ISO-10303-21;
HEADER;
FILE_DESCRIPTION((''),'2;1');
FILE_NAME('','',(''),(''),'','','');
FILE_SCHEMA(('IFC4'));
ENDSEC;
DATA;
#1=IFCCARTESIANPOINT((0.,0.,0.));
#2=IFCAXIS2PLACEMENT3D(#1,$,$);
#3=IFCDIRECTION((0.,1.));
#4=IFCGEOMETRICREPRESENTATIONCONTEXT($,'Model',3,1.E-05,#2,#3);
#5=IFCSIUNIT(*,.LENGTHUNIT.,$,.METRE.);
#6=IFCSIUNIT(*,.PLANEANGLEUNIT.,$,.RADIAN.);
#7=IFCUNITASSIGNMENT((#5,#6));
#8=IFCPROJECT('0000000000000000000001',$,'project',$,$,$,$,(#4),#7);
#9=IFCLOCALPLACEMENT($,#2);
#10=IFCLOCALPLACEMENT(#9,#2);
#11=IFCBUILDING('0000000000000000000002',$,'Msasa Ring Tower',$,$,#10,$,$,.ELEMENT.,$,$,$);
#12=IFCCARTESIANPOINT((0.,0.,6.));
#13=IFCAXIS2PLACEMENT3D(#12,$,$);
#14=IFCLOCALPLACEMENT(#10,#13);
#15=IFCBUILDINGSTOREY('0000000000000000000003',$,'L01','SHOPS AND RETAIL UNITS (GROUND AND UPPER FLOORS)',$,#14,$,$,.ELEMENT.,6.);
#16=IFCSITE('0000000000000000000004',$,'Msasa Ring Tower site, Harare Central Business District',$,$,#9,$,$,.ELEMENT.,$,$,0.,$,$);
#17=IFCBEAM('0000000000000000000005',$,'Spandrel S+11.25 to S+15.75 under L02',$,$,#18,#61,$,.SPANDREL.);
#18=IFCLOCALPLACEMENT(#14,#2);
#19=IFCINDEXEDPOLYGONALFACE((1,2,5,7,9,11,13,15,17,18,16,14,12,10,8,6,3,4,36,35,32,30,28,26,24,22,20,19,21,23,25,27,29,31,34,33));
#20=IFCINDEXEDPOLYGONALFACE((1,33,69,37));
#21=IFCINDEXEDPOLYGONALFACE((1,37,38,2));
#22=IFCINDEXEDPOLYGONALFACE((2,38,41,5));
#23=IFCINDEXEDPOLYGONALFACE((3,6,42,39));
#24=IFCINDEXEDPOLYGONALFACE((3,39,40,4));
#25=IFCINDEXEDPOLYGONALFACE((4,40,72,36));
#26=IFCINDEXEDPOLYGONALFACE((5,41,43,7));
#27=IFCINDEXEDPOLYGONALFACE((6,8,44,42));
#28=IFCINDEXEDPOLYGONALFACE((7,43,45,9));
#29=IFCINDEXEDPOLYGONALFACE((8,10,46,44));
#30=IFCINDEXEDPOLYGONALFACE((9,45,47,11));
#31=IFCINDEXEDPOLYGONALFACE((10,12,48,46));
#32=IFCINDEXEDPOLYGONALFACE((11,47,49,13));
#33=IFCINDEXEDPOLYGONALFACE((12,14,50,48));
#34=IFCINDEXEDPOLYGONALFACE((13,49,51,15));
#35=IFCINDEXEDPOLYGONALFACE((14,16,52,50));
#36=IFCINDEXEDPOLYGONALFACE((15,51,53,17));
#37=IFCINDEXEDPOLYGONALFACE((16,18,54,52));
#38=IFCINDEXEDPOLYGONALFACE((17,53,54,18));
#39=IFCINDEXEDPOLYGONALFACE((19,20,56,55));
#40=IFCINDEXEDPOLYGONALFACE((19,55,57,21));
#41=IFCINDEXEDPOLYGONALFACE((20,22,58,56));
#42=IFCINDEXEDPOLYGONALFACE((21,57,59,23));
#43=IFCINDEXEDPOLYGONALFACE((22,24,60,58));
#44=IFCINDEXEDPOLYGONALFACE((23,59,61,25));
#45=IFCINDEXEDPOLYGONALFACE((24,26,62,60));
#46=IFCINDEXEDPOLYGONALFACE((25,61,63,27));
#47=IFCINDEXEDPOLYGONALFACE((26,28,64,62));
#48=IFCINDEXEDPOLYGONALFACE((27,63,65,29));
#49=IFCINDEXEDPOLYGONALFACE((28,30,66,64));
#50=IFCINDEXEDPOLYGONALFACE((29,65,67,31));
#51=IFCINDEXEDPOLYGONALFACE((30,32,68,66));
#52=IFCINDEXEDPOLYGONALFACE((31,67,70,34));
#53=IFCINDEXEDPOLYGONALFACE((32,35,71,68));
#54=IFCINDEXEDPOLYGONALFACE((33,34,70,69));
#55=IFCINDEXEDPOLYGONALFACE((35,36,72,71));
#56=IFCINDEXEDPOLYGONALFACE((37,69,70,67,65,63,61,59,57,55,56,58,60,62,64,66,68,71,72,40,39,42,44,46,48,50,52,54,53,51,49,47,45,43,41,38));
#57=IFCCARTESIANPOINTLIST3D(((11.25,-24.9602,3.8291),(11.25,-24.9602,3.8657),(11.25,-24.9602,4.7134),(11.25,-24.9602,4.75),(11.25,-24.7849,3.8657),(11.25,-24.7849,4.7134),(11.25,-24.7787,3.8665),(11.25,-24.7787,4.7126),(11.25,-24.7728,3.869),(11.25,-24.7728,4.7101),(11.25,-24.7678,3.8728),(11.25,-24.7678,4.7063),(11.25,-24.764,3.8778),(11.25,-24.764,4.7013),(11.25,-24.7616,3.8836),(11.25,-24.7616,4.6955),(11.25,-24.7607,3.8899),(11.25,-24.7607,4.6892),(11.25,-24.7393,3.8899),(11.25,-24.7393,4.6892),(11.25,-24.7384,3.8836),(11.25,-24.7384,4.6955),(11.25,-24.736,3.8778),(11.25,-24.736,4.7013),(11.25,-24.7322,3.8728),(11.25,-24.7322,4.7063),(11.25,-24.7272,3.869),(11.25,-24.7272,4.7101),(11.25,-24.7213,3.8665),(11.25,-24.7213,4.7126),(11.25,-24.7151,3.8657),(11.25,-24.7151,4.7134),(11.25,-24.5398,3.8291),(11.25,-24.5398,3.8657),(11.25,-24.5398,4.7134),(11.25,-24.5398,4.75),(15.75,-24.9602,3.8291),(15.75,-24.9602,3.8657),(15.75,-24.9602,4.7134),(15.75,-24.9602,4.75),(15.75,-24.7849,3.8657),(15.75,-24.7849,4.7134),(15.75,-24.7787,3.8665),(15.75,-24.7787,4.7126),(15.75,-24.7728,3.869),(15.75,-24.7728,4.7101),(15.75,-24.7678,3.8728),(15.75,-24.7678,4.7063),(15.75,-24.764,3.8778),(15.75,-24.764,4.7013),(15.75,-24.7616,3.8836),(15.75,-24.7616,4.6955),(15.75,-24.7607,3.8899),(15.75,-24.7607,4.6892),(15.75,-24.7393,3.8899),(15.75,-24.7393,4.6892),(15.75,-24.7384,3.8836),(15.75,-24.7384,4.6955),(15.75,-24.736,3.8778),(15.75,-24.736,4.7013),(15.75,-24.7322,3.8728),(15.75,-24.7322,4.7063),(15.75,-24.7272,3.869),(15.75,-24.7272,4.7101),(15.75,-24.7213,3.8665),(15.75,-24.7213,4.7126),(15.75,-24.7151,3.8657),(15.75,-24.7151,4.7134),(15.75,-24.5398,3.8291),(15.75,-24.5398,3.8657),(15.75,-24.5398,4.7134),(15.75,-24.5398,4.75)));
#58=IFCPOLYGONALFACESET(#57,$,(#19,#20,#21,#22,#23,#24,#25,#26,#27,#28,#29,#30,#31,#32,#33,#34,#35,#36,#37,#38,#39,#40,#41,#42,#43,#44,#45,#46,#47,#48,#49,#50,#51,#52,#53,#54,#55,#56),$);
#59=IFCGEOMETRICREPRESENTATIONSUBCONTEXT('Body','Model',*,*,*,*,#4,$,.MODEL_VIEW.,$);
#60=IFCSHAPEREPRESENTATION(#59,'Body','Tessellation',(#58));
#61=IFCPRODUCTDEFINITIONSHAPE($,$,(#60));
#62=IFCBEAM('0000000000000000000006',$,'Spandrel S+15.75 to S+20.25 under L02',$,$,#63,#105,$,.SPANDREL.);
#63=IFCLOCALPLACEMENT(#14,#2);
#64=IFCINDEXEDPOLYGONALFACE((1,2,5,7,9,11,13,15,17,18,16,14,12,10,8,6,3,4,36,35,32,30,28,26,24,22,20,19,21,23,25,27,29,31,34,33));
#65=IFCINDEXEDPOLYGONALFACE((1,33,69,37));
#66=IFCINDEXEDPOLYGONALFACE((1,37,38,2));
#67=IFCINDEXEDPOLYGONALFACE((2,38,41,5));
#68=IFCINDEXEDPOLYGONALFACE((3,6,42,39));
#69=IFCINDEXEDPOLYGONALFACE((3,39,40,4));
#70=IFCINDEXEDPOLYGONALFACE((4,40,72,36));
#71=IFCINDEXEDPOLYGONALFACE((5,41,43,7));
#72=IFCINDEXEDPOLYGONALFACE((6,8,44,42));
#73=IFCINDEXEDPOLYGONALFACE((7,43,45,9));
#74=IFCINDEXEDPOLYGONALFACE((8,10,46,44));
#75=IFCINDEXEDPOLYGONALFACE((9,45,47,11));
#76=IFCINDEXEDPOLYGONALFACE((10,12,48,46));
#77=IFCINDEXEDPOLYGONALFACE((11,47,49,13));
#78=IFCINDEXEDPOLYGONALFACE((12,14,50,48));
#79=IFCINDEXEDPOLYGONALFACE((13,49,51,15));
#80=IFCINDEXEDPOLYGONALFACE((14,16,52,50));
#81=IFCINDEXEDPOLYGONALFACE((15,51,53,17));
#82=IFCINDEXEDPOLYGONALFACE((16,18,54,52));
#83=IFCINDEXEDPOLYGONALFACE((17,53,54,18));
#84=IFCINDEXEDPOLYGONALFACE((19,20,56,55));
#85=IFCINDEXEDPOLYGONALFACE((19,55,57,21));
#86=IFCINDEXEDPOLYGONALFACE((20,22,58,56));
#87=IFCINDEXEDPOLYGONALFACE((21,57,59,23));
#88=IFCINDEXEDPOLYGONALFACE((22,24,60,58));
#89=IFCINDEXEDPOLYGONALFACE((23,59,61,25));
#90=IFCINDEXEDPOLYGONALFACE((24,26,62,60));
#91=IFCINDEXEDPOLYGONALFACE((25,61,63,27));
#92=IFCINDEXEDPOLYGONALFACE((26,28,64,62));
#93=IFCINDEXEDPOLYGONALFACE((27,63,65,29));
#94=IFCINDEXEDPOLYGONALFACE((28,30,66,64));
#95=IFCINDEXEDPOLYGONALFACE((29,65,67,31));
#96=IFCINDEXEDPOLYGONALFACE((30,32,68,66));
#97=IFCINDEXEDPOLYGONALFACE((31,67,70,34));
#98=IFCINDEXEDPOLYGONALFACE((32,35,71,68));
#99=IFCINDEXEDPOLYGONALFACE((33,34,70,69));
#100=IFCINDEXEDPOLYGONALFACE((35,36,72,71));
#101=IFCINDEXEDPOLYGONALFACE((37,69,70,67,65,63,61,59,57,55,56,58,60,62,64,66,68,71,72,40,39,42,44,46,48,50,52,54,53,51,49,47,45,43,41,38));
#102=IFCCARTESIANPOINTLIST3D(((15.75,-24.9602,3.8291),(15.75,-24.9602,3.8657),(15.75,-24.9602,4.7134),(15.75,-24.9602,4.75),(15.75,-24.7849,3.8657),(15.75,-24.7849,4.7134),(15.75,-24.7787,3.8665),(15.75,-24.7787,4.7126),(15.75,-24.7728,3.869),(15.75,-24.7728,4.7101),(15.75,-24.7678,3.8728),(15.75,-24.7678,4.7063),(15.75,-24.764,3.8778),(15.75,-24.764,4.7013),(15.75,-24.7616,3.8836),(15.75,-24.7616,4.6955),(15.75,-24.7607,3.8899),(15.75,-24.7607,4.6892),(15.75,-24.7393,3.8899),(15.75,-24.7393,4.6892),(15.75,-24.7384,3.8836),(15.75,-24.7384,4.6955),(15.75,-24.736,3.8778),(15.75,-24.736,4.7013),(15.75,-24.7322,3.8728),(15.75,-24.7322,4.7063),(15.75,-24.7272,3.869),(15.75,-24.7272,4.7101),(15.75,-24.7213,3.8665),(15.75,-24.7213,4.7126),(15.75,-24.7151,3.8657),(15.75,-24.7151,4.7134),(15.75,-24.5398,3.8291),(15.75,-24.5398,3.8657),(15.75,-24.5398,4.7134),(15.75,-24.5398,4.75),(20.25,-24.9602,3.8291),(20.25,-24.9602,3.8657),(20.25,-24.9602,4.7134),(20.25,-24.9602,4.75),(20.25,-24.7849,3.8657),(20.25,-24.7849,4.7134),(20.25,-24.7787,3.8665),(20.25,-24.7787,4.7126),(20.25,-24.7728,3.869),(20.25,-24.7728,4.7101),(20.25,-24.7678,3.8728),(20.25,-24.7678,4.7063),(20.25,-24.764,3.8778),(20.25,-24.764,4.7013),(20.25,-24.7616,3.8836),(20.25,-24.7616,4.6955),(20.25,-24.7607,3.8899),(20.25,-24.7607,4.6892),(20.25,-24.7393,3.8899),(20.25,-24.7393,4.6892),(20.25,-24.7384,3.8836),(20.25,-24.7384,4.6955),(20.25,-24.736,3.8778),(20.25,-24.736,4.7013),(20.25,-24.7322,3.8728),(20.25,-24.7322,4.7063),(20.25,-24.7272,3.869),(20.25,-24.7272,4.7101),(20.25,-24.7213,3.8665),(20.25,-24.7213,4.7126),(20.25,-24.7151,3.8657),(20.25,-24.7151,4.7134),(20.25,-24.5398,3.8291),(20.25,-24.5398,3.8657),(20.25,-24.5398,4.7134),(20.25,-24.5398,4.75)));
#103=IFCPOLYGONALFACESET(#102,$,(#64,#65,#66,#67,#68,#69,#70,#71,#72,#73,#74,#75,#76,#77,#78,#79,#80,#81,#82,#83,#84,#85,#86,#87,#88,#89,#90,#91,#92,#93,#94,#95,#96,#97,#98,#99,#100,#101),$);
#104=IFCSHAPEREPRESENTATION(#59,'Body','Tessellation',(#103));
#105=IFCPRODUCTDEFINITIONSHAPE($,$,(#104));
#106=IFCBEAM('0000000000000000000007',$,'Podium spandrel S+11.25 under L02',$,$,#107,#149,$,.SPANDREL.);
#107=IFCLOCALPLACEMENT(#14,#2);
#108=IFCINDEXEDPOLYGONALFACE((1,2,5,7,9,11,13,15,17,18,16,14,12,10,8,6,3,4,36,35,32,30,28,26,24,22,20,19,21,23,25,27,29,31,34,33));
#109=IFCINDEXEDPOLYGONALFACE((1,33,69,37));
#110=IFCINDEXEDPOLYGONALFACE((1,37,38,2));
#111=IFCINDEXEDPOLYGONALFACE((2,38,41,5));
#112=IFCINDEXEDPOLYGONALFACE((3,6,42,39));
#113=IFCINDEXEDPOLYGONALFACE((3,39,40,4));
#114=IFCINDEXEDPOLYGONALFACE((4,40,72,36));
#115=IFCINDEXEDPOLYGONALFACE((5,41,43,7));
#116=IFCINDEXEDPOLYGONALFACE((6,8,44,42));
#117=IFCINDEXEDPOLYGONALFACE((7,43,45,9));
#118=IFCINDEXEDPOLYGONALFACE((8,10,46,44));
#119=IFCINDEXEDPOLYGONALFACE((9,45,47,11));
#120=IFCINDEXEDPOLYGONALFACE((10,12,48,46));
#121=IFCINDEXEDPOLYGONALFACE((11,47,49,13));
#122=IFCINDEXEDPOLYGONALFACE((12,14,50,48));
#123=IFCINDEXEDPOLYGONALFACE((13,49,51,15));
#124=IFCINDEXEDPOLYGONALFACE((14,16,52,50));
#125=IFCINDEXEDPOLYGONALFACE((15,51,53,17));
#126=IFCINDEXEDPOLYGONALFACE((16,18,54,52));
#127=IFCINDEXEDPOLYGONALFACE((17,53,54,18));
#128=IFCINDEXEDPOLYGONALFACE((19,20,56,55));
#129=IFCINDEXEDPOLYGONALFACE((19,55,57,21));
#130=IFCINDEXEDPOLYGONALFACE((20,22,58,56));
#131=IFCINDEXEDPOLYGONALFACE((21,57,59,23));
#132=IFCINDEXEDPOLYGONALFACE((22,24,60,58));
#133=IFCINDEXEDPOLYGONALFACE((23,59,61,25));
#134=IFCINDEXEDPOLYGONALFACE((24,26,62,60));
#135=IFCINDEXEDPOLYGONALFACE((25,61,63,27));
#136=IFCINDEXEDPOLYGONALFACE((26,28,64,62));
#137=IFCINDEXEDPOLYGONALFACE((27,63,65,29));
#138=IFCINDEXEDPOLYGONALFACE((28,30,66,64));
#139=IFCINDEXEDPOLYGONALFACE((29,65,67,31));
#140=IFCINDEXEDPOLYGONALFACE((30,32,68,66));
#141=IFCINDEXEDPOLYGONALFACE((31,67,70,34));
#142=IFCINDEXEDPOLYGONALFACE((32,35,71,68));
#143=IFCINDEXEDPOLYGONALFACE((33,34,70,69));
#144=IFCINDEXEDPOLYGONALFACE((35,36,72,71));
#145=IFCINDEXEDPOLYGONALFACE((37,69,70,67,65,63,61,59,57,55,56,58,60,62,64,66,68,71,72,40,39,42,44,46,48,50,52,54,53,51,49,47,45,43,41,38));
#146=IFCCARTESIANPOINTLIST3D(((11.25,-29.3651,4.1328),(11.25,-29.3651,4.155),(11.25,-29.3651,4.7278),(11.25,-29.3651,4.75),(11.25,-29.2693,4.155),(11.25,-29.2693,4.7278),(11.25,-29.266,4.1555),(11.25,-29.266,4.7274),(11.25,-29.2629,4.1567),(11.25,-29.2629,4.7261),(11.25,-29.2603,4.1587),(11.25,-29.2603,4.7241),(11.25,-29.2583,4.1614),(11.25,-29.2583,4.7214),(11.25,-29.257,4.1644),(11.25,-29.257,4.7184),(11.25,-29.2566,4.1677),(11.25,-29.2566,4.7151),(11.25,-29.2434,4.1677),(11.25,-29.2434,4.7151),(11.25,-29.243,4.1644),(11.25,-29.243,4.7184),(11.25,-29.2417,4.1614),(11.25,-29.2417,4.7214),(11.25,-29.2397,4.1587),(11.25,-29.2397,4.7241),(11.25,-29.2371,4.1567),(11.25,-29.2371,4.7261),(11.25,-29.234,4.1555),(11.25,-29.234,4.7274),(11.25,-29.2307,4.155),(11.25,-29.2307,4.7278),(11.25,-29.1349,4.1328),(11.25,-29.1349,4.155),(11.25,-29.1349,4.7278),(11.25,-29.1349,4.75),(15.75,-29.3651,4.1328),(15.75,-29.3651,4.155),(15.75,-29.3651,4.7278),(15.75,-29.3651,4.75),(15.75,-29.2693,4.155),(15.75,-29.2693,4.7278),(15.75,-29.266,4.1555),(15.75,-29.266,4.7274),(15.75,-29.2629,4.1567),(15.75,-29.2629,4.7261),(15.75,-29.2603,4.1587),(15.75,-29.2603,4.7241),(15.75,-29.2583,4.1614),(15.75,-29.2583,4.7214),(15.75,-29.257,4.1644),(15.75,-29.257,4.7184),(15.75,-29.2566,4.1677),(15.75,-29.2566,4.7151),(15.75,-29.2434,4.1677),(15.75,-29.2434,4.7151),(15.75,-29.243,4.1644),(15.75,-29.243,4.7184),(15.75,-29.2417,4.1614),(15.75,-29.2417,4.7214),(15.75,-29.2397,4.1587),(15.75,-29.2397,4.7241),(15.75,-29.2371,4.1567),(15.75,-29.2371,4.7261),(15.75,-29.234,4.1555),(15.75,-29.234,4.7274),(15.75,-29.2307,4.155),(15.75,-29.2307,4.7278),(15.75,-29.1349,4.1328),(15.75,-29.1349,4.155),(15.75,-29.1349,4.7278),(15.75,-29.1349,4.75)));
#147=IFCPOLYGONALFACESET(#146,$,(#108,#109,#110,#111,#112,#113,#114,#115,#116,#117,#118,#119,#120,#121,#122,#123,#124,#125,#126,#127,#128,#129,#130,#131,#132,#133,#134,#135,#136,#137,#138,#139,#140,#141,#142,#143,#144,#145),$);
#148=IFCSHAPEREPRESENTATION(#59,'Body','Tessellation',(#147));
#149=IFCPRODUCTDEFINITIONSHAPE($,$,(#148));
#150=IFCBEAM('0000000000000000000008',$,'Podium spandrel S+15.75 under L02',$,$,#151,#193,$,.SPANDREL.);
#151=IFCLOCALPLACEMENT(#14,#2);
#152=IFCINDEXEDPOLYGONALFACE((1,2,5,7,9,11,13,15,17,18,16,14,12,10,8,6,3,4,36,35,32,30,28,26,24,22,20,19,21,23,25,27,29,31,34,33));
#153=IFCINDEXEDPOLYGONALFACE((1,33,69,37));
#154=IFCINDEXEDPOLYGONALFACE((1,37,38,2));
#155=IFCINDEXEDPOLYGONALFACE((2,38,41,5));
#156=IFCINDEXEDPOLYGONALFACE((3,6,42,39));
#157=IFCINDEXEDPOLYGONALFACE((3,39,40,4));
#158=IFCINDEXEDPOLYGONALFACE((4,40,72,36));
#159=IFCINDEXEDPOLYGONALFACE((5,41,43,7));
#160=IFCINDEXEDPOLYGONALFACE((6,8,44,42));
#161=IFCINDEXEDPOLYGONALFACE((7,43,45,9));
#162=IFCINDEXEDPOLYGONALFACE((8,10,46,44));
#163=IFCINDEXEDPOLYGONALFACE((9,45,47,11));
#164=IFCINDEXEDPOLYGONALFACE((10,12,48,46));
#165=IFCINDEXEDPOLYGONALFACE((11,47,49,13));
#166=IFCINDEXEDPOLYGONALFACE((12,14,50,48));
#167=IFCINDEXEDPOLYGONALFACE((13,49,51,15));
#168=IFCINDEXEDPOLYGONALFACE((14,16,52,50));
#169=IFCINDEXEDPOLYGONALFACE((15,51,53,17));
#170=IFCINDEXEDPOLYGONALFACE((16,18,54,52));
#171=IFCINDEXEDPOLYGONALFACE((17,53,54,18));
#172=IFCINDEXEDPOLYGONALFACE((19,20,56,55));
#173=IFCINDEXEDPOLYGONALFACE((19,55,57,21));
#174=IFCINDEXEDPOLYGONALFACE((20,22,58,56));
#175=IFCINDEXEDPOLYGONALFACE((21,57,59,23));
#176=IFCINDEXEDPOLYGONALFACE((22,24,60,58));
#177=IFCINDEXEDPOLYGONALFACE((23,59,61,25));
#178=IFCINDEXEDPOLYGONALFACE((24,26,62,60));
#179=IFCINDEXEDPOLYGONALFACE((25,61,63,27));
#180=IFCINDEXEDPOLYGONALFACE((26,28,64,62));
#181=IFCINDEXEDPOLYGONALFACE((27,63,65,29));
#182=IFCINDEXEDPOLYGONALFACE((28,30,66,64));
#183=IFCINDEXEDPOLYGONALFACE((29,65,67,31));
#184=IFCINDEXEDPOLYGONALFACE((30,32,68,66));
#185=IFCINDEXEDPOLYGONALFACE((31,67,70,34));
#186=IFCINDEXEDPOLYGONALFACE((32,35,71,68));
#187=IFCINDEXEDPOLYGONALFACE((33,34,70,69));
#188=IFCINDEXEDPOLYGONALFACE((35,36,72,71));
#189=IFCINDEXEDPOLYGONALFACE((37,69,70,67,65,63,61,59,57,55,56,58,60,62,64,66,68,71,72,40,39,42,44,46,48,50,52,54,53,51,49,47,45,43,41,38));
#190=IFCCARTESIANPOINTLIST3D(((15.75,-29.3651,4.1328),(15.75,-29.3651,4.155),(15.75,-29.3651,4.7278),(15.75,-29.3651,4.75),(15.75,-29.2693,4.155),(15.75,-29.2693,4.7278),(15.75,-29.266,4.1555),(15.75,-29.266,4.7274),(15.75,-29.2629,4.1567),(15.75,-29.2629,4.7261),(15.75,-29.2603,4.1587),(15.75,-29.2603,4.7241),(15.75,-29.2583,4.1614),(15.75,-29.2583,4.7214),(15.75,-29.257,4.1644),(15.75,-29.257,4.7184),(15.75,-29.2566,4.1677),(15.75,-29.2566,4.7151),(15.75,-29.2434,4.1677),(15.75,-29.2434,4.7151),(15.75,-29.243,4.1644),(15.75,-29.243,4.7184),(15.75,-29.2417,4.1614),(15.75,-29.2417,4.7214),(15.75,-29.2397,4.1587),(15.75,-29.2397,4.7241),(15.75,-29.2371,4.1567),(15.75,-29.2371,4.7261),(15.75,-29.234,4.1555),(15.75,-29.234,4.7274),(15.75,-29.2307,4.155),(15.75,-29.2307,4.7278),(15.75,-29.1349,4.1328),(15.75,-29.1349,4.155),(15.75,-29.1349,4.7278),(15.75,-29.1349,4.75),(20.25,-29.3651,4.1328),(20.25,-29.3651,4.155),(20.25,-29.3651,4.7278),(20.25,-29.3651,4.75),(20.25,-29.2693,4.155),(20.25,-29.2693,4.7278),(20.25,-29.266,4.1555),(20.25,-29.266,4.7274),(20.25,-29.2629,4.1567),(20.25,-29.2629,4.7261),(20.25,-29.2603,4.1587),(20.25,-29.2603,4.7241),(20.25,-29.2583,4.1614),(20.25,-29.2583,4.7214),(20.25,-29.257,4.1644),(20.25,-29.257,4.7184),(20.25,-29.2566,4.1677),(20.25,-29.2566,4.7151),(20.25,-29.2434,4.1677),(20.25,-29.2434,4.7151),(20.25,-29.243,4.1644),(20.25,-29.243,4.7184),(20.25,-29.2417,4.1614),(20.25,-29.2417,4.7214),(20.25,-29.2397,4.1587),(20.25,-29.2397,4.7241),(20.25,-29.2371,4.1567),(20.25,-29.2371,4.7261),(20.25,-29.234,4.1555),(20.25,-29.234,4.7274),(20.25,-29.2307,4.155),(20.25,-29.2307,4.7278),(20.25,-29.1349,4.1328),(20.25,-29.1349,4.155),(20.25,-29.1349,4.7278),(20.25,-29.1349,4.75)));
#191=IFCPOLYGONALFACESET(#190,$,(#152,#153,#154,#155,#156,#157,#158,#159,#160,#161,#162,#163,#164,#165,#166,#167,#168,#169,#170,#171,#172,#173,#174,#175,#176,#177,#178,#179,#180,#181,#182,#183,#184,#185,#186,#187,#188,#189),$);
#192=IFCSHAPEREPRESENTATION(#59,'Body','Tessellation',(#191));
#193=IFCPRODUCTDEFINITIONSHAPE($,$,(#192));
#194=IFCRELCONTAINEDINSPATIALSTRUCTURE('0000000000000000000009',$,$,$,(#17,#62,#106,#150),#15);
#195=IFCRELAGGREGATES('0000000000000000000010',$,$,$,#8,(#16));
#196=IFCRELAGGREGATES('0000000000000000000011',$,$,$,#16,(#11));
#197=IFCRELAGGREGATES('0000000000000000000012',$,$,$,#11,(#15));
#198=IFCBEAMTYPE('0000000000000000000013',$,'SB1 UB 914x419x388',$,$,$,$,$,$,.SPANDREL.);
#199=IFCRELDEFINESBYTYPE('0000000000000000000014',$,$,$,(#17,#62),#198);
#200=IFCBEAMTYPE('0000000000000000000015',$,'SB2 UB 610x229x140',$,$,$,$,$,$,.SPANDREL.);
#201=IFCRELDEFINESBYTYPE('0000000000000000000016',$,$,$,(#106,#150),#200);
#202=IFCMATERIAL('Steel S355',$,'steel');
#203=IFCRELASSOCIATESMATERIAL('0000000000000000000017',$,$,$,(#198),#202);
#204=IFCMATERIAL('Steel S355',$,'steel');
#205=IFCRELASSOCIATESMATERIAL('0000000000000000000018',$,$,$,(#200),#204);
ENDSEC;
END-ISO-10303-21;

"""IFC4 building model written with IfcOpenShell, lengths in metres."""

from ifc_helpers import new_model, si_unit, direction, frame, origin, origin_2d, place, context, subcontext, project, spatial, i_section, extrude, material, material_profile, profile_set, type_object, element, save


model = new_model("IFC4")

# Units and contexts
model_context = context("Model", 3, precision=1e-05, world=origin(), true_north=direction((0.0, 1.0)))
body_context = subcontext(model_context, "Body", "Model", "MODEL_VIEW")
ifc_project = project(units=[si_unit("LENGTHUNIT", "METRE"), si_unit("PLANEANGLEUNIT", "RADIAN")], contexts=[model_context])

# Site, building, storey
site_placement = place(None, origin())
site = spatial("IfcSite", under=ifc_project, at=site_placement, Name="Msasa Ring Tower site, Harare Central Business District", CompositionType="ELEMENT", RefElevation=0.0)
building_placement = place(site_placement, origin())
building = spatial("IfcBuilding", under=site, at=building_placement, Name="Msasa Ring Tower", CompositionType="ELEMENT")
storey_placement = place(building_placement, frame((0.0, 0.0, 6.0)))
storey = spatial("IfcBuildingStorey", under=building, at=storey_placement, Name="L01", Description="SHOPS AND RETAIL UNITS (GROUND AND UPPER FLOORS)", CompositionType="ELEMENT", Elevation=6.0)

# Beams
ifc_material_1 = material(Name="Steel S355", Category="steel")
ifc_material_profile_1 = material_profile(ifc_material_1, i_section(OverallWidth=0.4204, OverallDepth=0.9209, WebThickness=0.0215, FlangeThickness=0.0366, FilletRadius=0.0242, at=origin_2d()), Name="UB 914x419x388")
ifc_profile_set_1 = profile_set([ifc_material_profile_1], Name="Steel S355")
beam_type_1 = type_object("IfcBeamType", Name="SB1 UB 914x419x388", PredefinedType="SPANDREL", material=ifc_profile_set_1)
for number, where, z_axis, x_axis, name in (
    (1, (11.25, -24.75, 4.2896), (1.0, 0.0, 0.0), (0.0, 1.0, 0.0), "Spandrel S+11.25 to S+15.75 under L02"),
    (2, (15.75, -24.75, 4.2896), (1.0, 0.0, 0.0), (0.0, 1.0, 0.0), "Spandrel S+15.75 to S+20.25 under L02"),
):
    element("IfcBeam", number, at=place(storey_placement, frame(where, z_axis=z_axis, x_axis=x_axis)), inside=storey, type_object=beam_type_1, Name=name, PredefinedType="SPANDREL", context=body_context, shape_type="SweptSolid", body=[
        extrude(i_section(OverallWidth=0.4204, OverallDepth=0.9209, WebThickness=0.0215, FlangeThickness=0.0366, FilletRadius=0.0242, at=origin_2d()), origin(), (0.0, 0.0, 1.0), 4.5),
    ])
ifc_material_2 = material(Name="Steel S355", Category="steel")
ifc_material_profile_2 = material_profile(ifc_material_2, i_section(OverallWidth=0.2302, OverallDepth=0.6172, WebThickness=0.0132, FlangeThickness=0.0222, FilletRadius=0.0127, at=origin_2d()), Name="UB 610x229x140")
ifc_profile_set_2 = profile_set([ifc_material_profile_2], Name="Steel S355")
beam_type_2 = type_object("IfcBeamType", Name="SB2 UB 610x229x140", PredefinedType="SPANDREL", material=ifc_profile_set_2)
for number, where, z_axis, x_axis, name in (
    (3, (11.25, -29.25, 4.4414), (1.0, 0.0, 0.0), (0.0, 1.0, 0.0), "Podium spandrel S+11.25 under L02"),
    (4, (15.75, -29.25, 4.4414), (1.0, 0.0, 0.0), (0.0, 1.0, 0.0), "Podium spandrel S+15.75 under L02"),
):
    element("IfcBeam", number, at=place(storey_placement, frame(where, z_axis=z_axis, x_axis=x_axis)), inside=storey, type_object=beam_type_2, Name=name, PredefinedType="SPANDREL", context=body_context, shape_type="SweptSolid", body=[
        extrude(i_section(OverallWidth=0.2302, OverallDepth=0.6172, WebThickness=0.0132, FlangeThickness=0.0222, FilletRadius=0.0127, at=origin_2d()), origin(), (0.0, 0.0, 1.0), 4.5),
    ])

save(model, "model.ifc")
